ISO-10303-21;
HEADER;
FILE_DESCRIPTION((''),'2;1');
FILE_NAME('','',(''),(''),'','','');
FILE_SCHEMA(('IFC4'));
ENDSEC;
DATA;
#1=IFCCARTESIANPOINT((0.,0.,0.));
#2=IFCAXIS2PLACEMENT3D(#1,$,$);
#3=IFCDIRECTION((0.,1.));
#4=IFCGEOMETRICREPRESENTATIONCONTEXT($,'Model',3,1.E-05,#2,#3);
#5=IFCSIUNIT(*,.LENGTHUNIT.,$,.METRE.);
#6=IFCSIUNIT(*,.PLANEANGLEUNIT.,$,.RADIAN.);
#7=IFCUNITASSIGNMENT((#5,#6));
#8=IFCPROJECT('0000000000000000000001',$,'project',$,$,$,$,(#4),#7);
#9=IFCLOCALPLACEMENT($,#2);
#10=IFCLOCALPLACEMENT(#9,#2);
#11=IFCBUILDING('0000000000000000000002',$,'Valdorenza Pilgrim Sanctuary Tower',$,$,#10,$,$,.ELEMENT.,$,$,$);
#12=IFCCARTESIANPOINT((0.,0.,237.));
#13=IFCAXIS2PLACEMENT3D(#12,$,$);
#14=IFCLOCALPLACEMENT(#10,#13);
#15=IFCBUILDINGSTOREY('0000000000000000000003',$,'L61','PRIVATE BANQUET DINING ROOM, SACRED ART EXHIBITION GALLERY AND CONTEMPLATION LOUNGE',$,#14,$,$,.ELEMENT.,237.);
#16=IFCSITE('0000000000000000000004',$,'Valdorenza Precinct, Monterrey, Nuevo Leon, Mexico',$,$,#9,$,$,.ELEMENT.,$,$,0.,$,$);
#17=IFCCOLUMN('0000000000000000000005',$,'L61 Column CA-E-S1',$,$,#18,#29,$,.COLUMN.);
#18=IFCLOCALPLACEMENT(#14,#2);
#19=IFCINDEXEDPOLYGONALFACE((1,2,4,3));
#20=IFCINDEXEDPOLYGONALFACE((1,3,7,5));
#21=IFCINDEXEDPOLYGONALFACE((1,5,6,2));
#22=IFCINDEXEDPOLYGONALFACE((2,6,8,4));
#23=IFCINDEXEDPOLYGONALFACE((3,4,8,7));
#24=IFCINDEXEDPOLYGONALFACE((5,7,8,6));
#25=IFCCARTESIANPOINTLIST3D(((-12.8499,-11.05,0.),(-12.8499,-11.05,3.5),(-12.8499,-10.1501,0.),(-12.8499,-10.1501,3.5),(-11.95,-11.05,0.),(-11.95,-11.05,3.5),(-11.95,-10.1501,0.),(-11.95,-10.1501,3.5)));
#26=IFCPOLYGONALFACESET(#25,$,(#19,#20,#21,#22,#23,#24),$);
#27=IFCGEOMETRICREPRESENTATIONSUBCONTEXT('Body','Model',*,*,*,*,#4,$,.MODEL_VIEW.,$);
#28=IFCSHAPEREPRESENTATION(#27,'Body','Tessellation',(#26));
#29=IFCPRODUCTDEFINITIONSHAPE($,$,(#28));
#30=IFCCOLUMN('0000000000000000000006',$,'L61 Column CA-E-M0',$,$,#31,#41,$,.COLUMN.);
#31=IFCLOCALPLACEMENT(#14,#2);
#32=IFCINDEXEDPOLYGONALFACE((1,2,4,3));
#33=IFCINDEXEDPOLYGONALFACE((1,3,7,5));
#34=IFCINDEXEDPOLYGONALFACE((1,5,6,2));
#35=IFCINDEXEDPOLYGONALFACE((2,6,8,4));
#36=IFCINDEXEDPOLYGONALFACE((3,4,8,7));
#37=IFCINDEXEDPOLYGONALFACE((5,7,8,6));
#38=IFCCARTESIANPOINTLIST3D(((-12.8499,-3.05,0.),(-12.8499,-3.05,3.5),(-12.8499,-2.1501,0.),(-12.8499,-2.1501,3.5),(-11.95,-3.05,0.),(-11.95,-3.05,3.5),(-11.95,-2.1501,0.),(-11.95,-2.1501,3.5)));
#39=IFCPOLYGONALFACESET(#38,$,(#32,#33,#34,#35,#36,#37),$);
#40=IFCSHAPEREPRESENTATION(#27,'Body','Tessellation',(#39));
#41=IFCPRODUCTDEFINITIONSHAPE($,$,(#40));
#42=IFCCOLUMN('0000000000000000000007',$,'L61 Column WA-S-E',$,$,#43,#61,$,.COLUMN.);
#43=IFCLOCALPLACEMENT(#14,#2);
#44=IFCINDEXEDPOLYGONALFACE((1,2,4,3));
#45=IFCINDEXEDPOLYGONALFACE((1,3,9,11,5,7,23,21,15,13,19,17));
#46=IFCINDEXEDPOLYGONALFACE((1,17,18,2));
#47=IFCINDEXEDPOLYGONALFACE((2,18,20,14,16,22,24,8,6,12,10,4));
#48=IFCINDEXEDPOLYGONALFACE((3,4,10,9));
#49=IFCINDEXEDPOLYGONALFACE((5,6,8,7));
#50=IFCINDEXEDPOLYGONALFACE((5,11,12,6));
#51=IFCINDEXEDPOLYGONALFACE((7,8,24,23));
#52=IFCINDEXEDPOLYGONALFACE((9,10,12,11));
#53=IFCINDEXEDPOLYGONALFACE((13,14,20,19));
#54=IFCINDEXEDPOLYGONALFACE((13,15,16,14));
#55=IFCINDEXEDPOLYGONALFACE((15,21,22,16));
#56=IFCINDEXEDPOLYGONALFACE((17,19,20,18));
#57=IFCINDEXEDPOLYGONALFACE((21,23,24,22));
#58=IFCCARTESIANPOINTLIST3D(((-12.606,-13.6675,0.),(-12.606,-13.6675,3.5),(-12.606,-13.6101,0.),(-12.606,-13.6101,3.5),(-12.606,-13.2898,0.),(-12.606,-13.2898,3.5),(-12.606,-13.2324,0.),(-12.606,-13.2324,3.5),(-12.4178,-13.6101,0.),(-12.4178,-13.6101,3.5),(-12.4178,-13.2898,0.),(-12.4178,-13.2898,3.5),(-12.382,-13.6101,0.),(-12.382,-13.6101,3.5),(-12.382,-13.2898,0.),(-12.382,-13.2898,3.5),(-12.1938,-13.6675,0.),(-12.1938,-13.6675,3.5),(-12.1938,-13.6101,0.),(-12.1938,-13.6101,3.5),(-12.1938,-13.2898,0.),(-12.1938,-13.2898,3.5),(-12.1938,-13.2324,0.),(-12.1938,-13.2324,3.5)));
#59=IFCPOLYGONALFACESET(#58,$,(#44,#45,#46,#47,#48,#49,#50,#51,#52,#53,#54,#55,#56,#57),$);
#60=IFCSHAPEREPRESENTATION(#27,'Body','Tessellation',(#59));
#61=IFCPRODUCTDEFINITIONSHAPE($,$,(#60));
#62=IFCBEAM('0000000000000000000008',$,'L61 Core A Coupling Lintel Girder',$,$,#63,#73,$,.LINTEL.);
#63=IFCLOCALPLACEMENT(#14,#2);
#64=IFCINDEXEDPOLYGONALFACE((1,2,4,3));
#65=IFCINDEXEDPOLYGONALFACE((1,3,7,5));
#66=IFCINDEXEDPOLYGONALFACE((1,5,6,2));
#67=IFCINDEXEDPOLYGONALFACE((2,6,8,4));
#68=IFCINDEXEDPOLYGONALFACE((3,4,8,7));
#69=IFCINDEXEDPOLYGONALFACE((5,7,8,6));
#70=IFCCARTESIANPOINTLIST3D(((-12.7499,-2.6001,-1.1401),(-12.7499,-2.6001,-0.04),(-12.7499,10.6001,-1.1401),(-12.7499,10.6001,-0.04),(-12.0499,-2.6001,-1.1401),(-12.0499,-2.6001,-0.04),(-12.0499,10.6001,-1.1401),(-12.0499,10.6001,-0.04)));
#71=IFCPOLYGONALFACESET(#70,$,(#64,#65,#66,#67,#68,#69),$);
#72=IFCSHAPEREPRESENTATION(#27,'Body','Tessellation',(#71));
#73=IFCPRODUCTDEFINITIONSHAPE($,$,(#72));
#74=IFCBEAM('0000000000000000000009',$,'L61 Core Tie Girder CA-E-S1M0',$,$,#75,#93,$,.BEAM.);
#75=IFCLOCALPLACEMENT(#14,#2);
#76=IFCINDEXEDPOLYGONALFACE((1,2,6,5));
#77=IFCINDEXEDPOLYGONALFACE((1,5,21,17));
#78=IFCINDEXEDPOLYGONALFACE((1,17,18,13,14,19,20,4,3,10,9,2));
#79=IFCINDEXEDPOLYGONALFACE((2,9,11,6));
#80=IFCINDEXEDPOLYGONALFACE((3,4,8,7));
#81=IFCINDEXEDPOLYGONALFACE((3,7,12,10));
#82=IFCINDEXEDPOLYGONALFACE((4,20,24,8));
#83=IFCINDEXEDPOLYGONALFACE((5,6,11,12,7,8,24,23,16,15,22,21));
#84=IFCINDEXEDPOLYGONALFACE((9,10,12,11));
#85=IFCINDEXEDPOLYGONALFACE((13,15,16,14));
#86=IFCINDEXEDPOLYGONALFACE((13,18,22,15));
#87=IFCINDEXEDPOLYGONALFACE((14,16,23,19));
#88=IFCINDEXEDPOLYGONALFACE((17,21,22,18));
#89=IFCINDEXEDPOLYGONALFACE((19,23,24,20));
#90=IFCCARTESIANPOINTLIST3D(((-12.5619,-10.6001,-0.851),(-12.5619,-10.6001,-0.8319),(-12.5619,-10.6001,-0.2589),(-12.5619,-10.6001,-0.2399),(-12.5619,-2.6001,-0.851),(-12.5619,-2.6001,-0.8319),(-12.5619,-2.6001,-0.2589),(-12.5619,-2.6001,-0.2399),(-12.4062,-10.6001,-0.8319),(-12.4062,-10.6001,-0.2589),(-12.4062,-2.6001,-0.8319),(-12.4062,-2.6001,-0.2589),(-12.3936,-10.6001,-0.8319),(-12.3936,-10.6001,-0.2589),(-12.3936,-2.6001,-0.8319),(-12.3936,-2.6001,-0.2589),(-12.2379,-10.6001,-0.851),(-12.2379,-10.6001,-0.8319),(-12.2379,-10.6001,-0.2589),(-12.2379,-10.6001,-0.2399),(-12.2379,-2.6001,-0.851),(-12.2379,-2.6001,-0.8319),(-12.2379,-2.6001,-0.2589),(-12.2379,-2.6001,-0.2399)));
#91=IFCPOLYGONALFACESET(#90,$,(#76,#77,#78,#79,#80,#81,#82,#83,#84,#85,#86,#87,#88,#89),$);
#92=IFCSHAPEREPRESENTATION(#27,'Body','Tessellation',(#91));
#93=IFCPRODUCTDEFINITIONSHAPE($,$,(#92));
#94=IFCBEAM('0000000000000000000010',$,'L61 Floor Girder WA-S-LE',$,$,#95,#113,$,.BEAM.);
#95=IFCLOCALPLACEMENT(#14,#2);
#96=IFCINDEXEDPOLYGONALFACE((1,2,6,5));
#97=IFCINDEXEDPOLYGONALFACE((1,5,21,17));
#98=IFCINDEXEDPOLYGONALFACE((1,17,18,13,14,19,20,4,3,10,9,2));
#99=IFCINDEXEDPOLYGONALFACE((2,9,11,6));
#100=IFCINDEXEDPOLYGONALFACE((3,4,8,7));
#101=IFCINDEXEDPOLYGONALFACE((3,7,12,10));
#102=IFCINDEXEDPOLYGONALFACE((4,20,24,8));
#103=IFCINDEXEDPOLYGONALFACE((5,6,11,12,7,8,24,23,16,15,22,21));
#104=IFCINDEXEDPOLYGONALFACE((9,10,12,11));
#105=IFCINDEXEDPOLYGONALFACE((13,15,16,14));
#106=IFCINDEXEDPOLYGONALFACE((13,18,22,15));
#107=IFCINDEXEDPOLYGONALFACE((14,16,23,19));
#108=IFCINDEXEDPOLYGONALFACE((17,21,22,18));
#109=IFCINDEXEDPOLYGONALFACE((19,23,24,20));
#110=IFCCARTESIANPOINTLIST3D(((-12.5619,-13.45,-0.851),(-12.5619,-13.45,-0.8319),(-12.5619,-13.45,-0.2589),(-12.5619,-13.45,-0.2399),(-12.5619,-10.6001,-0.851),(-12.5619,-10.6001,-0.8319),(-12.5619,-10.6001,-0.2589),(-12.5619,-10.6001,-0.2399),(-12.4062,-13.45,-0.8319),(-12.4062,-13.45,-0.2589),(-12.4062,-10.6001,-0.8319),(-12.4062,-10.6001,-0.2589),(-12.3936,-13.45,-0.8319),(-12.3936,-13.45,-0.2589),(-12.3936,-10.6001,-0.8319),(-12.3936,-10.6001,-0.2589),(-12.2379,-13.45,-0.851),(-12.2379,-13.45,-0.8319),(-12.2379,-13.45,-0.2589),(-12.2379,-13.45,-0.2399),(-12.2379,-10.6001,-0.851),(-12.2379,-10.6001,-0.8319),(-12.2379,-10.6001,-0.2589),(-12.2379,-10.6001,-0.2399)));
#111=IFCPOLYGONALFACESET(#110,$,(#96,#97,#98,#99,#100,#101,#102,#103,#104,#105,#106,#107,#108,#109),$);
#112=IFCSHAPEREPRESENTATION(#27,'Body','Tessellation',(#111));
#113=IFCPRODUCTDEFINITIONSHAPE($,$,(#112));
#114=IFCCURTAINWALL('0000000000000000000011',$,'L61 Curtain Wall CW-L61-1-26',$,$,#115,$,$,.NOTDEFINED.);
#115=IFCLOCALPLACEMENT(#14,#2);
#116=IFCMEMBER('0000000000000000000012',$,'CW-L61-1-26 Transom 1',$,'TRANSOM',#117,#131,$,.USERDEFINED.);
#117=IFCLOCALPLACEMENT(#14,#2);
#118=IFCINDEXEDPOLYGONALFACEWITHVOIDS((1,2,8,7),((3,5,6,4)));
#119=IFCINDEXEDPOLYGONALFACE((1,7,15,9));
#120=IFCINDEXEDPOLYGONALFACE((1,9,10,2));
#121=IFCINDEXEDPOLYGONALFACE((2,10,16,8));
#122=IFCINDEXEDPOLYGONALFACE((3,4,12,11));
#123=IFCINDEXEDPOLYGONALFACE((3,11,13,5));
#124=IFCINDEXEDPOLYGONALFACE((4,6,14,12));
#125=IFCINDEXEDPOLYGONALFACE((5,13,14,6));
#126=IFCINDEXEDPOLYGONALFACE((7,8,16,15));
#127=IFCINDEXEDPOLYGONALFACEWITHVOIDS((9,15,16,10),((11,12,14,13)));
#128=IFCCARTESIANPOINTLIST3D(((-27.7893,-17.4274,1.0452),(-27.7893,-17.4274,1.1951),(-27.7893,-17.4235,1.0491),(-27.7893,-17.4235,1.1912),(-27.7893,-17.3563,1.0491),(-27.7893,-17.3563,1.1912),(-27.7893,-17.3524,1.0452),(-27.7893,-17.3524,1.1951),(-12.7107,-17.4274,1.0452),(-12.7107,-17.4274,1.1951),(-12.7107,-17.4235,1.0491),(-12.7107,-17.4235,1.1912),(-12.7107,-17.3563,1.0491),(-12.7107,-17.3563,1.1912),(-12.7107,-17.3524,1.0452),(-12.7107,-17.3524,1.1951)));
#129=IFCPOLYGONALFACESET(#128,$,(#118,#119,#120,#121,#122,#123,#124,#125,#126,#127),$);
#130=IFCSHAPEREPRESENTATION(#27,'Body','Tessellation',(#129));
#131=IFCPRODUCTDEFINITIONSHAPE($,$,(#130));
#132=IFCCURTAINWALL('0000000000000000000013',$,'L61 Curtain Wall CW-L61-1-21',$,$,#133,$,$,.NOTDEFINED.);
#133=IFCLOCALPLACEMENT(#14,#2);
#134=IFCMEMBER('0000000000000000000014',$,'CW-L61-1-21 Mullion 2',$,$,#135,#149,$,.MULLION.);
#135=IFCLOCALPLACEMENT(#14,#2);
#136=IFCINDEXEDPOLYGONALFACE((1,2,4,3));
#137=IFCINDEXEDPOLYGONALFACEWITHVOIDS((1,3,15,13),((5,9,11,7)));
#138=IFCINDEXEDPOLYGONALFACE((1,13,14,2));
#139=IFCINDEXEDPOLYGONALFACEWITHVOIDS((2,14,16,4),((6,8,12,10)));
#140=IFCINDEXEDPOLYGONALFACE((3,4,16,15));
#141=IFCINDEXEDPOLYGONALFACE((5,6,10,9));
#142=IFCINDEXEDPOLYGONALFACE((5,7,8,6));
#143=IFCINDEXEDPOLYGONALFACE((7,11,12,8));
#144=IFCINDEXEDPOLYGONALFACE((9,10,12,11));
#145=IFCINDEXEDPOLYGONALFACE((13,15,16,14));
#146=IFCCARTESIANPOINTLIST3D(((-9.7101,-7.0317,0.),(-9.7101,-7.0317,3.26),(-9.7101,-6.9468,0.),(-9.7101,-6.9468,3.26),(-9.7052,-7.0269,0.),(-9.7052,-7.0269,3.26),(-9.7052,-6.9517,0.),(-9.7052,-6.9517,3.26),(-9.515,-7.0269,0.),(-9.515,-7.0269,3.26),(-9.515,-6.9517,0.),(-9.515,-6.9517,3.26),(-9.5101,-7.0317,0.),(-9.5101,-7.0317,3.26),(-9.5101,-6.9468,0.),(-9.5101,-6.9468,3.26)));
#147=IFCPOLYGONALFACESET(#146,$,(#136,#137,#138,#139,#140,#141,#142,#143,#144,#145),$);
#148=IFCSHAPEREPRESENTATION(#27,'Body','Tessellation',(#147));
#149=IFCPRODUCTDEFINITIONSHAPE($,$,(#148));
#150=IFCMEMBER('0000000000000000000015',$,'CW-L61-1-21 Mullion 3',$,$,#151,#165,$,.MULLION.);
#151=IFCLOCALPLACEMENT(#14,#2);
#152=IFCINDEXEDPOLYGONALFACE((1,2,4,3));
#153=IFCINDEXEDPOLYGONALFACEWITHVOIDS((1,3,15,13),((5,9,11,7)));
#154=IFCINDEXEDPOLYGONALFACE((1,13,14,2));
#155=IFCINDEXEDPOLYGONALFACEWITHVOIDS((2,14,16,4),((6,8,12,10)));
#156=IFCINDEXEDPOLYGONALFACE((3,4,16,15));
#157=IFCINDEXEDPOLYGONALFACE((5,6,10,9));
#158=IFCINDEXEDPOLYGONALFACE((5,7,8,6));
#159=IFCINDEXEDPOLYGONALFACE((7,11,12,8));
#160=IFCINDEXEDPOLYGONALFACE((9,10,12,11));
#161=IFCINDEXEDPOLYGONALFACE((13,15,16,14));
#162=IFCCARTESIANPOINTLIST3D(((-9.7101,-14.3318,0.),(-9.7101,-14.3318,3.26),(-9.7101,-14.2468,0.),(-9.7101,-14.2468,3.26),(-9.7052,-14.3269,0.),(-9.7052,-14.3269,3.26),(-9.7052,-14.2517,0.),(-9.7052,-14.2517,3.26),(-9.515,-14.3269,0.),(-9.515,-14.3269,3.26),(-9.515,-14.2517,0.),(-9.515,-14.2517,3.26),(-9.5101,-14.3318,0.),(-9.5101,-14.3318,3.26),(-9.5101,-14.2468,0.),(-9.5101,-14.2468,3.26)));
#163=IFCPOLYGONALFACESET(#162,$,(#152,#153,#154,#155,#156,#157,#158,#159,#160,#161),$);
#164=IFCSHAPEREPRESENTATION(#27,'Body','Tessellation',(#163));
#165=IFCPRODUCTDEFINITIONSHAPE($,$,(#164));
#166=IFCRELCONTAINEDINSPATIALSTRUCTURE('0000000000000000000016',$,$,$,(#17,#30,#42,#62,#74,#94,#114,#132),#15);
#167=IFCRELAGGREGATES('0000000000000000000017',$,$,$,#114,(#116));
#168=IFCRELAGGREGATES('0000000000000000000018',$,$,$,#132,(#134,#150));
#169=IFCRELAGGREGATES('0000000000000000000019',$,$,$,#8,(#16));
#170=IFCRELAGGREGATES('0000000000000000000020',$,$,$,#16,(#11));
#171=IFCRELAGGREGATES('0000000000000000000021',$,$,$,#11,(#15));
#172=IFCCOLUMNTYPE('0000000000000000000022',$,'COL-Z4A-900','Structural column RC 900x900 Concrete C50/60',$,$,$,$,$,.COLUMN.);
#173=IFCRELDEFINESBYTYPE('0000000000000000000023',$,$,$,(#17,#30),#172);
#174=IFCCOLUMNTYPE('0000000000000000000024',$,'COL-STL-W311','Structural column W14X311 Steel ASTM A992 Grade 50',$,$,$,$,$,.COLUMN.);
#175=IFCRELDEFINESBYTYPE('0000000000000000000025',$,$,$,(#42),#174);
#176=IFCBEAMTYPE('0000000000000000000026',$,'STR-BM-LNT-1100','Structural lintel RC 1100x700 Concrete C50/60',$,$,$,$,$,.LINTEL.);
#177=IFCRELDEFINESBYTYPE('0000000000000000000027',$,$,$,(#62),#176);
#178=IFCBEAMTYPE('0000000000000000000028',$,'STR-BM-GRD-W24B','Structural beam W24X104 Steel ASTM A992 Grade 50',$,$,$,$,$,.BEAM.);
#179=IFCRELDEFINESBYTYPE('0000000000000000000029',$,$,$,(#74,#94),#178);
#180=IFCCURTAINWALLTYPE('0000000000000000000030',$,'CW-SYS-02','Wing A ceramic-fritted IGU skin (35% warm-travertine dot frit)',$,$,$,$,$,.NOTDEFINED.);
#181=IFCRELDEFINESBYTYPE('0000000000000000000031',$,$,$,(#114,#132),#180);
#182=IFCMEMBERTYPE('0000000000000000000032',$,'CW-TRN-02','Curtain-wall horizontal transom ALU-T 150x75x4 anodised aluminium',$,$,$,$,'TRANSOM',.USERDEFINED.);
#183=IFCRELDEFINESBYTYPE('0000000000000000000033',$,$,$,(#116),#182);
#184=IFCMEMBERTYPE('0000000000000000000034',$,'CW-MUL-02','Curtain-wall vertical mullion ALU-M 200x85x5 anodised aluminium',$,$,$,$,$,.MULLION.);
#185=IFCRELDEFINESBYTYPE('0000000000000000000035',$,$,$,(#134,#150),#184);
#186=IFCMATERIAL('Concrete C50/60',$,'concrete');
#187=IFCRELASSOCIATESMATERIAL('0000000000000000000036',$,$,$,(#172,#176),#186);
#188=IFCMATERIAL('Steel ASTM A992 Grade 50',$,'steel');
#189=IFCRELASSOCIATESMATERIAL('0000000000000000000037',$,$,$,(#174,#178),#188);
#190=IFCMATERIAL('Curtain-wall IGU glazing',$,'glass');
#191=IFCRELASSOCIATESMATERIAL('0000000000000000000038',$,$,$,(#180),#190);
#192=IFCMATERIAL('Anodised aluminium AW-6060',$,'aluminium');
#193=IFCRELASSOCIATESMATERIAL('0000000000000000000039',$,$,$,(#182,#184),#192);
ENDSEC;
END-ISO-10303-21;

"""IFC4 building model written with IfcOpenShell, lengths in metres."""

from ifc_helpers import new_model, si_unit, direction, frame, origin, origin_2d, place, context, subcontext, project, spatial, rectangle, hollow_rectangle, i_section, extrude, source, transform, mapped, material, material_profile, profile_set, type_object, element, aggregate, save


model = new_model("IFC4")

# Units and contexts
model_context = context("Model", 3, precision=1e-05, world=origin(), true_north=direction((0.0, 1.0)))
body_context = subcontext(model_context, "Body", "Model", "MODEL_VIEW")
ifc_project = project(units=[si_unit("LENGTHUNIT", "METRE"), si_unit("PLANEANGLEUNIT", "RADIAN")], contexts=[model_context])

# Site, building, storey
site_placement = place(None, origin())
site = spatial("IfcSite", under=ifc_project, at=site_placement, Name="Valdorenza Precinct, Monterrey, Nuevo Leon, Mexico", CompositionType="ELEMENT", RefElevation=0.0)
building_placement = place(site_placement, origin())
building = spatial("IfcBuilding", under=site, at=building_placement, Name="Valdorenza Pilgrim Sanctuary Tower", CompositionType="ELEMENT")
storey_placement = place(building_placement, frame((0.0, 0.0, 237.0)))
storey = spatial("IfcBuildingStorey", under=building, at=storey_placement, Name="L61", Description="PRIVATE BANQUET DINING ROOM, SACRED ART EXHIBITION GALLERY AND CONTEMPLATION LOUNGE", CompositionType="ELEMENT", Elevation=237.0)

# Columns
ifc_material_1 = material(Name="Concrete C50/60", Category="concrete")
ifc_material_profile_1 = material_profile(ifc_material_1, rectangle(XDim=0.8999, YDim=0.8999, at=origin_2d()), Name="RC 900x900")
ifc_profile_set_1 = profile_set([ifc_material_profile_1], Name="Concrete C50/60")
column_type_1 = type_object("IfcColumnType", Name="COL-Z4A-900", Description="Structural column RC 900x900 Concrete C50/60", PredefinedType="COLUMN", material=ifc_profile_set_1)
shared_shape_1 = source(origin(), body_context, "Body", "SweptSolid", [
    extrude(rectangle(XDim=0.8999, YDim=0.8999, at=origin_2d()), origin(), (0.0, 0.0, 1.0), 3.5),
])
for number, where, z_axis, x_axis, name in (
    (1, (-12.3999, -10.6001, 0.0), (0.0, 0.0, 1.0), (1.0, 0.0, 0.0), "L61 Column CA-E-S1"),
    (2, (-12.3999, -2.6001, 0.0), (0.0, 0.0, 1.0), (1.0, 0.0, 0.0), "L61 Column CA-E-M0"),
):
    element("IfcColumn", number, at=place(storey_placement, frame(where, z_axis=z_axis, x_axis=x_axis)), inside=storey, type_object=column_type_1, Name=name, PredefinedType="COLUMN", context=body_context, shape_type="MappedRepresentation", body=[
        mapped(shared_shape_1, transform((0.0, 0.0, 0.0), x_axis=(1.0, 0.0, 0.0), y_axis=(0.0, 1.0, 0.0), z_axis=(0.0, 0.0, 1.0), scale=1.0)),
    ])
ifc_material_2 = material(Name="Steel ASTM A992 Grade 50", Category="steel")
ifc_material_profile_2 = material_profile(ifc_material_2, i_section(OverallWidth=0.4121, OverallDepth=0.4351, WebThickness=0.0359, FlangeThickness=0.0574, at=origin_2d()), Name="W14X311")
ifc_profile_set_2 = profile_set([ifc_material_profile_2], Name="Steel ASTM A992 Grade 50")
column_type_2 = type_object("IfcColumnType", Name="COL-STL-W311", Description="Structural column W14X311 Steel ASTM A992 Grade 50", PredefinedType="COLUMN", material=ifc_profile_set_2)
shared_shape_2 = source(origin(), body_context, "Body", "SweptSolid", [
    extrude(i_section(OverallWidth=0.4121, OverallDepth=0.4351, WebThickness=0.0359, FlangeThickness=0.0574, at=origin_2d()), origin(), (0.0, 0.0, 1.0), 3.5),
])
column_placement = place(storey_placement, frame((-12.3999, -13.45, 0.0), z_axis=(0.0, 0.0, 1.0), x_axis=(1.0, 0.0, 0.0)))
element("IfcColumn", 3, at=column_placement, inside=storey, type_object=column_type_2, Name="L61 Column WA-S-E", PredefinedType="COLUMN", context=body_context, shape_type="MappedRepresentation", body=[
    mapped(shared_shape_2, transform((0.0, 0.0, 0.0), x_axis=(1.0, 0.0, 0.0), y_axis=(0.0, 1.0, 0.0), z_axis=(0.0, 0.0, 1.0), scale=1.0)),
])

# Beams
ifc_material_profile_3 = material_profile(ifc_material_1, rectangle(XDim=0.7, YDim=1.1001, at=origin_2d()), Name="RC 1100x700")
ifc_profile_set_3 = profile_set([ifc_material_profile_3], Name="Concrete C50/60")
beam_type_1 = type_object("IfcBeamType", Name="STR-BM-LNT-1100", Description="Structural lintel RC 1100x700 Concrete C50/60", PredefinedType="LINTEL", material=ifc_profile_set_3)
shared_shape_3 = source(origin(), body_context, "Body", "SweptSolid", [
    extrude(rectangle(XDim=0.7, YDim=1.1001, at=origin_2d()), origin(), (0.0, 0.0, 1.0), 13.2002),
])
beam_1_placement = place(storey_placement, frame((-12.3999, -2.6001, -0.5901), z_axis=(0.0, 1.0, 0.0), x_axis=(-1.0, 0.0, 0.0)))
element("IfcBeam", 4, at=beam_1_placement, inside=storey, type_object=beam_type_1, Name="L61 Core A Coupling Lintel Girder", PredefinedType="LINTEL", context=body_context, shape_type="MappedRepresentation", body=[
    mapped(shared_shape_3, transform((0.0, 0.0, 0.0), x_axis=(1.0, 0.0, 0.0), y_axis=(0.0, 1.0, 0.0), z_axis=(0.0, 0.0, 1.0), scale=1.0)),
])
ifc_material_profile_4 = material_profile(ifc_material_2, i_section(OverallWidth=0.324, OverallDepth=0.6111, WebThickness=0.0127, FlangeThickness=0.019, at=origin_2d()), Name="W24X104")
ifc_profile_set_4 = profile_set([ifc_material_profile_4], Name="Steel ASTM A992 Grade 50")
beam_type_2 = type_object("IfcBeamType", Name="STR-BM-GRD-W24B", Description="Structural beam W24X104 Steel ASTM A992 Grade 50", PredefinedType="BEAM", material=ifc_profile_set_4)
shared_shape_4 = source(origin(), body_context, "Body", "SweptSolid", [
    extrude(i_section(OverallWidth=0.324, OverallDepth=0.6111, WebThickness=0.0127, FlangeThickness=0.019, at=origin_2d()), origin(), (0.0, 0.0, 1.0), 8.0),
])
beam_2_placement = place(storey_placement, frame((-12.3999, -10.6001, -0.5454), z_axis=(0.0, 1.0, 0.0), x_axis=(-1.0, 0.0, 0.0)))
element("IfcBeam", 5, at=beam_2_placement, inside=storey, type_object=beam_type_2, Name="L61 Core Tie Girder CA-E-S1M0", PredefinedType="BEAM", context=body_context, shape_type="MappedRepresentation", body=[
    mapped(shared_shape_4, transform((0.0, 0.0, 0.0), x_axis=(1.0, 0.0, 0.0), y_axis=(0.0, 1.0, 0.0), z_axis=(0.0, 0.0, 1.0), scale=1.0)),
])
shared_shape_5 = source(origin(), body_context, "Body", "SweptSolid", [
    extrude(i_section(OverallWidth=0.324, OverallDepth=0.6111, WebThickness=0.0127, FlangeThickness=0.019, at=origin_2d()), origin(), (0.0, 0.0, 1.0), 2.8499),
])
beam_3_placement = place(storey_placement, frame((-12.3999, -13.45, -0.5454), z_axis=(0.0, 1.0, 0.0), x_axis=(-1.0, 0.0, 0.0)))
element("IfcBeam", 6, at=beam_3_placement, inside=storey, type_object=beam_type_2, Name="L61 Floor Girder WA-S-LE", PredefinedType="BEAM", context=body_context, shape_type="MappedRepresentation", body=[
    mapped(shared_shape_5, transform((0.0, 0.0, 0.0), x_axis=(1.0, 0.0, 0.0), y_axis=(0.0, 1.0, 0.0), z_axis=(0.0, 0.0, 1.0), scale=1.0)),
])

# Curtain wall, member
ifc_material_3 = material(Name="Curtain-wall IGU glazing", Category="glass")
curtain_wall_type = type_object("IfcCurtainWallType", Name="CW-SYS-02", Description="Wing A ceramic-fritted IGU skin (35% warm-travertine dot frit)", PredefinedType="NOTDEFINED", material=ifc_material_3)
curtain_wall_1_placement = place(storey_placement, origin())
curtain_wall_1 = element("IfcCurtainWall", 7, at=curtain_wall_1_placement, inside=storey, type_object=curtain_wall_type, Name="L61 Curtain Wall CW-L61-1-26", PredefinedType="NOTDEFINED")
ifc_material_4 = material(Name="Anodised aluminium AW-6060", Category="aluminium")
ifc_material_profile_5 = material_profile(ifc_material_4, hollow_rectangle(XDim=0.075, YDim=0.1499, WallThickness=0.0039, at=origin_2d()), Name="ALU-T 150x75x4")
ifc_profile_set_5 = profile_set([ifc_material_profile_5], Name="Anodised aluminium AW-6060")
member_type_1 = type_object("IfcMemberType", Name="CW-TRN-02", Description="Curtain-wall horizontal transom ALU-T 150x75x4 anodised aluminium", ElementType="TRANSOM", PredefinedType="USERDEFINED", material=ifc_profile_set_5)
shared_shape_6 = source(origin(), body_context, "Body", "SweptSolid", [
    extrude(hollow_rectangle(XDim=0.075, YDim=0.1499, WallThickness=0.0039, at=origin_2d()), origin(), (0.0, 0.0, 1.0), 15.0786),
])
member_1_placement = place(storey_placement, frame((-12.7107, -17.3899, 1.1201), z_axis=(-1.0, 0.0, 0.0), x_axis=(0.0, -1.0, 0.0)))
member_1 = element("IfcMember", 8, at=member_1_placement, type_object=member_type_1, Name="CW-L61-1-26 Transom 1", ObjectType="TRANSOM", PredefinedType="USERDEFINED", context=body_context, shape_type="MappedRepresentation", body=[
    mapped(shared_shape_6, transform((0.0, 0.0, 0.0), x_axis=(1.0, 0.0, 0.0), y_axis=(0.0, 1.0, 0.0), z_axis=(0.0, 0.0, 1.0), scale=1.0)),
])

# Curtain wall, members
curtain_wall_2_placement = place(storey_placement, origin())
curtain_wall_2 = element("IfcCurtainWall", 9, at=curtain_wall_2_placement, inside=storey, type_object=curtain_wall_type, Name="L61 Curtain Wall CW-L61-1-21", PredefinedType="NOTDEFINED")
ifc_material_profile_6 = material_profile(ifc_material_4, hollow_rectangle(XDim=0.085, YDim=0.2, WallThickness=0.0049, at=origin_2d()), Name="ALU-M 200x85x5")
ifc_profile_set_6 = profile_set([ifc_material_profile_6], Name="Anodised aluminium AW-6060")
member_type_2 = type_object("IfcMemberType", Name="CW-MUL-02", Description="Curtain-wall vertical mullion ALU-M 200x85x5 anodised aluminium", PredefinedType="MULLION", material=ifc_profile_set_6)
shared_shape_7 = source(origin(), body_context, "Body", "SweptSolid", [
    extrude(hollow_rectangle(XDim=0.085, YDim=0.2, WallThickness=0.0049, at=origin_2d()), origin(), (0.0, 0.0, 1.0), 3.26),
])
member_2_placement = place(storey_placement, frame((-9.6101, -6.9893, 0.0), z_axis=(0.0, 0.0, 1.0), x_axis=(0.0, -1.0, 0.0)))
member_2 = element("IfcMember", 10, at=member_2_placement, type_object=member_type_2, Name="CW-L61-1-21 Mullion 2", PredefinedType="MULLION", context=body_context, shape_type="MappedRepresentation", body=[
    mapped(shared_shape_7, transform((0.0, 0.0, 0.0), x_axis=(1.0, 0.0, 0.0), y_axis=(0.0, 1.0, 0.0), z_axis=(0.0, 0.0, 1.0), scale=1.0)),
])
member_3_placement = place(storey_placement, frame((-9.6101, -14.2893, 0.0), z_axis=(0.0, 0.0, 1.0), x_axis=(0.0, -1.0, 0.0)))
member_3 = element("IfcMember", 11, at=member_3_placement, type_object=member_type_2, Name="CW-L61-1-21 Mullion 3", PredefinedType="MULLION", context=body_context, shape_type="MappedRepresentation", body=[
    mapped(shared_shape_7, transform((0.0, 0.0, 0.0), x_axis=(1.0, 0.0, 0.0), y_axis=(0.0, 1.0, 0.0), z_axis=(0.0, 0.0, 1.0), scale=1.0)),
])

aggregate(curtain_wall_1, [member_1])

aggregate(curtain_wall_2, [member_2, member_3])

save(model, "model.ifc")
